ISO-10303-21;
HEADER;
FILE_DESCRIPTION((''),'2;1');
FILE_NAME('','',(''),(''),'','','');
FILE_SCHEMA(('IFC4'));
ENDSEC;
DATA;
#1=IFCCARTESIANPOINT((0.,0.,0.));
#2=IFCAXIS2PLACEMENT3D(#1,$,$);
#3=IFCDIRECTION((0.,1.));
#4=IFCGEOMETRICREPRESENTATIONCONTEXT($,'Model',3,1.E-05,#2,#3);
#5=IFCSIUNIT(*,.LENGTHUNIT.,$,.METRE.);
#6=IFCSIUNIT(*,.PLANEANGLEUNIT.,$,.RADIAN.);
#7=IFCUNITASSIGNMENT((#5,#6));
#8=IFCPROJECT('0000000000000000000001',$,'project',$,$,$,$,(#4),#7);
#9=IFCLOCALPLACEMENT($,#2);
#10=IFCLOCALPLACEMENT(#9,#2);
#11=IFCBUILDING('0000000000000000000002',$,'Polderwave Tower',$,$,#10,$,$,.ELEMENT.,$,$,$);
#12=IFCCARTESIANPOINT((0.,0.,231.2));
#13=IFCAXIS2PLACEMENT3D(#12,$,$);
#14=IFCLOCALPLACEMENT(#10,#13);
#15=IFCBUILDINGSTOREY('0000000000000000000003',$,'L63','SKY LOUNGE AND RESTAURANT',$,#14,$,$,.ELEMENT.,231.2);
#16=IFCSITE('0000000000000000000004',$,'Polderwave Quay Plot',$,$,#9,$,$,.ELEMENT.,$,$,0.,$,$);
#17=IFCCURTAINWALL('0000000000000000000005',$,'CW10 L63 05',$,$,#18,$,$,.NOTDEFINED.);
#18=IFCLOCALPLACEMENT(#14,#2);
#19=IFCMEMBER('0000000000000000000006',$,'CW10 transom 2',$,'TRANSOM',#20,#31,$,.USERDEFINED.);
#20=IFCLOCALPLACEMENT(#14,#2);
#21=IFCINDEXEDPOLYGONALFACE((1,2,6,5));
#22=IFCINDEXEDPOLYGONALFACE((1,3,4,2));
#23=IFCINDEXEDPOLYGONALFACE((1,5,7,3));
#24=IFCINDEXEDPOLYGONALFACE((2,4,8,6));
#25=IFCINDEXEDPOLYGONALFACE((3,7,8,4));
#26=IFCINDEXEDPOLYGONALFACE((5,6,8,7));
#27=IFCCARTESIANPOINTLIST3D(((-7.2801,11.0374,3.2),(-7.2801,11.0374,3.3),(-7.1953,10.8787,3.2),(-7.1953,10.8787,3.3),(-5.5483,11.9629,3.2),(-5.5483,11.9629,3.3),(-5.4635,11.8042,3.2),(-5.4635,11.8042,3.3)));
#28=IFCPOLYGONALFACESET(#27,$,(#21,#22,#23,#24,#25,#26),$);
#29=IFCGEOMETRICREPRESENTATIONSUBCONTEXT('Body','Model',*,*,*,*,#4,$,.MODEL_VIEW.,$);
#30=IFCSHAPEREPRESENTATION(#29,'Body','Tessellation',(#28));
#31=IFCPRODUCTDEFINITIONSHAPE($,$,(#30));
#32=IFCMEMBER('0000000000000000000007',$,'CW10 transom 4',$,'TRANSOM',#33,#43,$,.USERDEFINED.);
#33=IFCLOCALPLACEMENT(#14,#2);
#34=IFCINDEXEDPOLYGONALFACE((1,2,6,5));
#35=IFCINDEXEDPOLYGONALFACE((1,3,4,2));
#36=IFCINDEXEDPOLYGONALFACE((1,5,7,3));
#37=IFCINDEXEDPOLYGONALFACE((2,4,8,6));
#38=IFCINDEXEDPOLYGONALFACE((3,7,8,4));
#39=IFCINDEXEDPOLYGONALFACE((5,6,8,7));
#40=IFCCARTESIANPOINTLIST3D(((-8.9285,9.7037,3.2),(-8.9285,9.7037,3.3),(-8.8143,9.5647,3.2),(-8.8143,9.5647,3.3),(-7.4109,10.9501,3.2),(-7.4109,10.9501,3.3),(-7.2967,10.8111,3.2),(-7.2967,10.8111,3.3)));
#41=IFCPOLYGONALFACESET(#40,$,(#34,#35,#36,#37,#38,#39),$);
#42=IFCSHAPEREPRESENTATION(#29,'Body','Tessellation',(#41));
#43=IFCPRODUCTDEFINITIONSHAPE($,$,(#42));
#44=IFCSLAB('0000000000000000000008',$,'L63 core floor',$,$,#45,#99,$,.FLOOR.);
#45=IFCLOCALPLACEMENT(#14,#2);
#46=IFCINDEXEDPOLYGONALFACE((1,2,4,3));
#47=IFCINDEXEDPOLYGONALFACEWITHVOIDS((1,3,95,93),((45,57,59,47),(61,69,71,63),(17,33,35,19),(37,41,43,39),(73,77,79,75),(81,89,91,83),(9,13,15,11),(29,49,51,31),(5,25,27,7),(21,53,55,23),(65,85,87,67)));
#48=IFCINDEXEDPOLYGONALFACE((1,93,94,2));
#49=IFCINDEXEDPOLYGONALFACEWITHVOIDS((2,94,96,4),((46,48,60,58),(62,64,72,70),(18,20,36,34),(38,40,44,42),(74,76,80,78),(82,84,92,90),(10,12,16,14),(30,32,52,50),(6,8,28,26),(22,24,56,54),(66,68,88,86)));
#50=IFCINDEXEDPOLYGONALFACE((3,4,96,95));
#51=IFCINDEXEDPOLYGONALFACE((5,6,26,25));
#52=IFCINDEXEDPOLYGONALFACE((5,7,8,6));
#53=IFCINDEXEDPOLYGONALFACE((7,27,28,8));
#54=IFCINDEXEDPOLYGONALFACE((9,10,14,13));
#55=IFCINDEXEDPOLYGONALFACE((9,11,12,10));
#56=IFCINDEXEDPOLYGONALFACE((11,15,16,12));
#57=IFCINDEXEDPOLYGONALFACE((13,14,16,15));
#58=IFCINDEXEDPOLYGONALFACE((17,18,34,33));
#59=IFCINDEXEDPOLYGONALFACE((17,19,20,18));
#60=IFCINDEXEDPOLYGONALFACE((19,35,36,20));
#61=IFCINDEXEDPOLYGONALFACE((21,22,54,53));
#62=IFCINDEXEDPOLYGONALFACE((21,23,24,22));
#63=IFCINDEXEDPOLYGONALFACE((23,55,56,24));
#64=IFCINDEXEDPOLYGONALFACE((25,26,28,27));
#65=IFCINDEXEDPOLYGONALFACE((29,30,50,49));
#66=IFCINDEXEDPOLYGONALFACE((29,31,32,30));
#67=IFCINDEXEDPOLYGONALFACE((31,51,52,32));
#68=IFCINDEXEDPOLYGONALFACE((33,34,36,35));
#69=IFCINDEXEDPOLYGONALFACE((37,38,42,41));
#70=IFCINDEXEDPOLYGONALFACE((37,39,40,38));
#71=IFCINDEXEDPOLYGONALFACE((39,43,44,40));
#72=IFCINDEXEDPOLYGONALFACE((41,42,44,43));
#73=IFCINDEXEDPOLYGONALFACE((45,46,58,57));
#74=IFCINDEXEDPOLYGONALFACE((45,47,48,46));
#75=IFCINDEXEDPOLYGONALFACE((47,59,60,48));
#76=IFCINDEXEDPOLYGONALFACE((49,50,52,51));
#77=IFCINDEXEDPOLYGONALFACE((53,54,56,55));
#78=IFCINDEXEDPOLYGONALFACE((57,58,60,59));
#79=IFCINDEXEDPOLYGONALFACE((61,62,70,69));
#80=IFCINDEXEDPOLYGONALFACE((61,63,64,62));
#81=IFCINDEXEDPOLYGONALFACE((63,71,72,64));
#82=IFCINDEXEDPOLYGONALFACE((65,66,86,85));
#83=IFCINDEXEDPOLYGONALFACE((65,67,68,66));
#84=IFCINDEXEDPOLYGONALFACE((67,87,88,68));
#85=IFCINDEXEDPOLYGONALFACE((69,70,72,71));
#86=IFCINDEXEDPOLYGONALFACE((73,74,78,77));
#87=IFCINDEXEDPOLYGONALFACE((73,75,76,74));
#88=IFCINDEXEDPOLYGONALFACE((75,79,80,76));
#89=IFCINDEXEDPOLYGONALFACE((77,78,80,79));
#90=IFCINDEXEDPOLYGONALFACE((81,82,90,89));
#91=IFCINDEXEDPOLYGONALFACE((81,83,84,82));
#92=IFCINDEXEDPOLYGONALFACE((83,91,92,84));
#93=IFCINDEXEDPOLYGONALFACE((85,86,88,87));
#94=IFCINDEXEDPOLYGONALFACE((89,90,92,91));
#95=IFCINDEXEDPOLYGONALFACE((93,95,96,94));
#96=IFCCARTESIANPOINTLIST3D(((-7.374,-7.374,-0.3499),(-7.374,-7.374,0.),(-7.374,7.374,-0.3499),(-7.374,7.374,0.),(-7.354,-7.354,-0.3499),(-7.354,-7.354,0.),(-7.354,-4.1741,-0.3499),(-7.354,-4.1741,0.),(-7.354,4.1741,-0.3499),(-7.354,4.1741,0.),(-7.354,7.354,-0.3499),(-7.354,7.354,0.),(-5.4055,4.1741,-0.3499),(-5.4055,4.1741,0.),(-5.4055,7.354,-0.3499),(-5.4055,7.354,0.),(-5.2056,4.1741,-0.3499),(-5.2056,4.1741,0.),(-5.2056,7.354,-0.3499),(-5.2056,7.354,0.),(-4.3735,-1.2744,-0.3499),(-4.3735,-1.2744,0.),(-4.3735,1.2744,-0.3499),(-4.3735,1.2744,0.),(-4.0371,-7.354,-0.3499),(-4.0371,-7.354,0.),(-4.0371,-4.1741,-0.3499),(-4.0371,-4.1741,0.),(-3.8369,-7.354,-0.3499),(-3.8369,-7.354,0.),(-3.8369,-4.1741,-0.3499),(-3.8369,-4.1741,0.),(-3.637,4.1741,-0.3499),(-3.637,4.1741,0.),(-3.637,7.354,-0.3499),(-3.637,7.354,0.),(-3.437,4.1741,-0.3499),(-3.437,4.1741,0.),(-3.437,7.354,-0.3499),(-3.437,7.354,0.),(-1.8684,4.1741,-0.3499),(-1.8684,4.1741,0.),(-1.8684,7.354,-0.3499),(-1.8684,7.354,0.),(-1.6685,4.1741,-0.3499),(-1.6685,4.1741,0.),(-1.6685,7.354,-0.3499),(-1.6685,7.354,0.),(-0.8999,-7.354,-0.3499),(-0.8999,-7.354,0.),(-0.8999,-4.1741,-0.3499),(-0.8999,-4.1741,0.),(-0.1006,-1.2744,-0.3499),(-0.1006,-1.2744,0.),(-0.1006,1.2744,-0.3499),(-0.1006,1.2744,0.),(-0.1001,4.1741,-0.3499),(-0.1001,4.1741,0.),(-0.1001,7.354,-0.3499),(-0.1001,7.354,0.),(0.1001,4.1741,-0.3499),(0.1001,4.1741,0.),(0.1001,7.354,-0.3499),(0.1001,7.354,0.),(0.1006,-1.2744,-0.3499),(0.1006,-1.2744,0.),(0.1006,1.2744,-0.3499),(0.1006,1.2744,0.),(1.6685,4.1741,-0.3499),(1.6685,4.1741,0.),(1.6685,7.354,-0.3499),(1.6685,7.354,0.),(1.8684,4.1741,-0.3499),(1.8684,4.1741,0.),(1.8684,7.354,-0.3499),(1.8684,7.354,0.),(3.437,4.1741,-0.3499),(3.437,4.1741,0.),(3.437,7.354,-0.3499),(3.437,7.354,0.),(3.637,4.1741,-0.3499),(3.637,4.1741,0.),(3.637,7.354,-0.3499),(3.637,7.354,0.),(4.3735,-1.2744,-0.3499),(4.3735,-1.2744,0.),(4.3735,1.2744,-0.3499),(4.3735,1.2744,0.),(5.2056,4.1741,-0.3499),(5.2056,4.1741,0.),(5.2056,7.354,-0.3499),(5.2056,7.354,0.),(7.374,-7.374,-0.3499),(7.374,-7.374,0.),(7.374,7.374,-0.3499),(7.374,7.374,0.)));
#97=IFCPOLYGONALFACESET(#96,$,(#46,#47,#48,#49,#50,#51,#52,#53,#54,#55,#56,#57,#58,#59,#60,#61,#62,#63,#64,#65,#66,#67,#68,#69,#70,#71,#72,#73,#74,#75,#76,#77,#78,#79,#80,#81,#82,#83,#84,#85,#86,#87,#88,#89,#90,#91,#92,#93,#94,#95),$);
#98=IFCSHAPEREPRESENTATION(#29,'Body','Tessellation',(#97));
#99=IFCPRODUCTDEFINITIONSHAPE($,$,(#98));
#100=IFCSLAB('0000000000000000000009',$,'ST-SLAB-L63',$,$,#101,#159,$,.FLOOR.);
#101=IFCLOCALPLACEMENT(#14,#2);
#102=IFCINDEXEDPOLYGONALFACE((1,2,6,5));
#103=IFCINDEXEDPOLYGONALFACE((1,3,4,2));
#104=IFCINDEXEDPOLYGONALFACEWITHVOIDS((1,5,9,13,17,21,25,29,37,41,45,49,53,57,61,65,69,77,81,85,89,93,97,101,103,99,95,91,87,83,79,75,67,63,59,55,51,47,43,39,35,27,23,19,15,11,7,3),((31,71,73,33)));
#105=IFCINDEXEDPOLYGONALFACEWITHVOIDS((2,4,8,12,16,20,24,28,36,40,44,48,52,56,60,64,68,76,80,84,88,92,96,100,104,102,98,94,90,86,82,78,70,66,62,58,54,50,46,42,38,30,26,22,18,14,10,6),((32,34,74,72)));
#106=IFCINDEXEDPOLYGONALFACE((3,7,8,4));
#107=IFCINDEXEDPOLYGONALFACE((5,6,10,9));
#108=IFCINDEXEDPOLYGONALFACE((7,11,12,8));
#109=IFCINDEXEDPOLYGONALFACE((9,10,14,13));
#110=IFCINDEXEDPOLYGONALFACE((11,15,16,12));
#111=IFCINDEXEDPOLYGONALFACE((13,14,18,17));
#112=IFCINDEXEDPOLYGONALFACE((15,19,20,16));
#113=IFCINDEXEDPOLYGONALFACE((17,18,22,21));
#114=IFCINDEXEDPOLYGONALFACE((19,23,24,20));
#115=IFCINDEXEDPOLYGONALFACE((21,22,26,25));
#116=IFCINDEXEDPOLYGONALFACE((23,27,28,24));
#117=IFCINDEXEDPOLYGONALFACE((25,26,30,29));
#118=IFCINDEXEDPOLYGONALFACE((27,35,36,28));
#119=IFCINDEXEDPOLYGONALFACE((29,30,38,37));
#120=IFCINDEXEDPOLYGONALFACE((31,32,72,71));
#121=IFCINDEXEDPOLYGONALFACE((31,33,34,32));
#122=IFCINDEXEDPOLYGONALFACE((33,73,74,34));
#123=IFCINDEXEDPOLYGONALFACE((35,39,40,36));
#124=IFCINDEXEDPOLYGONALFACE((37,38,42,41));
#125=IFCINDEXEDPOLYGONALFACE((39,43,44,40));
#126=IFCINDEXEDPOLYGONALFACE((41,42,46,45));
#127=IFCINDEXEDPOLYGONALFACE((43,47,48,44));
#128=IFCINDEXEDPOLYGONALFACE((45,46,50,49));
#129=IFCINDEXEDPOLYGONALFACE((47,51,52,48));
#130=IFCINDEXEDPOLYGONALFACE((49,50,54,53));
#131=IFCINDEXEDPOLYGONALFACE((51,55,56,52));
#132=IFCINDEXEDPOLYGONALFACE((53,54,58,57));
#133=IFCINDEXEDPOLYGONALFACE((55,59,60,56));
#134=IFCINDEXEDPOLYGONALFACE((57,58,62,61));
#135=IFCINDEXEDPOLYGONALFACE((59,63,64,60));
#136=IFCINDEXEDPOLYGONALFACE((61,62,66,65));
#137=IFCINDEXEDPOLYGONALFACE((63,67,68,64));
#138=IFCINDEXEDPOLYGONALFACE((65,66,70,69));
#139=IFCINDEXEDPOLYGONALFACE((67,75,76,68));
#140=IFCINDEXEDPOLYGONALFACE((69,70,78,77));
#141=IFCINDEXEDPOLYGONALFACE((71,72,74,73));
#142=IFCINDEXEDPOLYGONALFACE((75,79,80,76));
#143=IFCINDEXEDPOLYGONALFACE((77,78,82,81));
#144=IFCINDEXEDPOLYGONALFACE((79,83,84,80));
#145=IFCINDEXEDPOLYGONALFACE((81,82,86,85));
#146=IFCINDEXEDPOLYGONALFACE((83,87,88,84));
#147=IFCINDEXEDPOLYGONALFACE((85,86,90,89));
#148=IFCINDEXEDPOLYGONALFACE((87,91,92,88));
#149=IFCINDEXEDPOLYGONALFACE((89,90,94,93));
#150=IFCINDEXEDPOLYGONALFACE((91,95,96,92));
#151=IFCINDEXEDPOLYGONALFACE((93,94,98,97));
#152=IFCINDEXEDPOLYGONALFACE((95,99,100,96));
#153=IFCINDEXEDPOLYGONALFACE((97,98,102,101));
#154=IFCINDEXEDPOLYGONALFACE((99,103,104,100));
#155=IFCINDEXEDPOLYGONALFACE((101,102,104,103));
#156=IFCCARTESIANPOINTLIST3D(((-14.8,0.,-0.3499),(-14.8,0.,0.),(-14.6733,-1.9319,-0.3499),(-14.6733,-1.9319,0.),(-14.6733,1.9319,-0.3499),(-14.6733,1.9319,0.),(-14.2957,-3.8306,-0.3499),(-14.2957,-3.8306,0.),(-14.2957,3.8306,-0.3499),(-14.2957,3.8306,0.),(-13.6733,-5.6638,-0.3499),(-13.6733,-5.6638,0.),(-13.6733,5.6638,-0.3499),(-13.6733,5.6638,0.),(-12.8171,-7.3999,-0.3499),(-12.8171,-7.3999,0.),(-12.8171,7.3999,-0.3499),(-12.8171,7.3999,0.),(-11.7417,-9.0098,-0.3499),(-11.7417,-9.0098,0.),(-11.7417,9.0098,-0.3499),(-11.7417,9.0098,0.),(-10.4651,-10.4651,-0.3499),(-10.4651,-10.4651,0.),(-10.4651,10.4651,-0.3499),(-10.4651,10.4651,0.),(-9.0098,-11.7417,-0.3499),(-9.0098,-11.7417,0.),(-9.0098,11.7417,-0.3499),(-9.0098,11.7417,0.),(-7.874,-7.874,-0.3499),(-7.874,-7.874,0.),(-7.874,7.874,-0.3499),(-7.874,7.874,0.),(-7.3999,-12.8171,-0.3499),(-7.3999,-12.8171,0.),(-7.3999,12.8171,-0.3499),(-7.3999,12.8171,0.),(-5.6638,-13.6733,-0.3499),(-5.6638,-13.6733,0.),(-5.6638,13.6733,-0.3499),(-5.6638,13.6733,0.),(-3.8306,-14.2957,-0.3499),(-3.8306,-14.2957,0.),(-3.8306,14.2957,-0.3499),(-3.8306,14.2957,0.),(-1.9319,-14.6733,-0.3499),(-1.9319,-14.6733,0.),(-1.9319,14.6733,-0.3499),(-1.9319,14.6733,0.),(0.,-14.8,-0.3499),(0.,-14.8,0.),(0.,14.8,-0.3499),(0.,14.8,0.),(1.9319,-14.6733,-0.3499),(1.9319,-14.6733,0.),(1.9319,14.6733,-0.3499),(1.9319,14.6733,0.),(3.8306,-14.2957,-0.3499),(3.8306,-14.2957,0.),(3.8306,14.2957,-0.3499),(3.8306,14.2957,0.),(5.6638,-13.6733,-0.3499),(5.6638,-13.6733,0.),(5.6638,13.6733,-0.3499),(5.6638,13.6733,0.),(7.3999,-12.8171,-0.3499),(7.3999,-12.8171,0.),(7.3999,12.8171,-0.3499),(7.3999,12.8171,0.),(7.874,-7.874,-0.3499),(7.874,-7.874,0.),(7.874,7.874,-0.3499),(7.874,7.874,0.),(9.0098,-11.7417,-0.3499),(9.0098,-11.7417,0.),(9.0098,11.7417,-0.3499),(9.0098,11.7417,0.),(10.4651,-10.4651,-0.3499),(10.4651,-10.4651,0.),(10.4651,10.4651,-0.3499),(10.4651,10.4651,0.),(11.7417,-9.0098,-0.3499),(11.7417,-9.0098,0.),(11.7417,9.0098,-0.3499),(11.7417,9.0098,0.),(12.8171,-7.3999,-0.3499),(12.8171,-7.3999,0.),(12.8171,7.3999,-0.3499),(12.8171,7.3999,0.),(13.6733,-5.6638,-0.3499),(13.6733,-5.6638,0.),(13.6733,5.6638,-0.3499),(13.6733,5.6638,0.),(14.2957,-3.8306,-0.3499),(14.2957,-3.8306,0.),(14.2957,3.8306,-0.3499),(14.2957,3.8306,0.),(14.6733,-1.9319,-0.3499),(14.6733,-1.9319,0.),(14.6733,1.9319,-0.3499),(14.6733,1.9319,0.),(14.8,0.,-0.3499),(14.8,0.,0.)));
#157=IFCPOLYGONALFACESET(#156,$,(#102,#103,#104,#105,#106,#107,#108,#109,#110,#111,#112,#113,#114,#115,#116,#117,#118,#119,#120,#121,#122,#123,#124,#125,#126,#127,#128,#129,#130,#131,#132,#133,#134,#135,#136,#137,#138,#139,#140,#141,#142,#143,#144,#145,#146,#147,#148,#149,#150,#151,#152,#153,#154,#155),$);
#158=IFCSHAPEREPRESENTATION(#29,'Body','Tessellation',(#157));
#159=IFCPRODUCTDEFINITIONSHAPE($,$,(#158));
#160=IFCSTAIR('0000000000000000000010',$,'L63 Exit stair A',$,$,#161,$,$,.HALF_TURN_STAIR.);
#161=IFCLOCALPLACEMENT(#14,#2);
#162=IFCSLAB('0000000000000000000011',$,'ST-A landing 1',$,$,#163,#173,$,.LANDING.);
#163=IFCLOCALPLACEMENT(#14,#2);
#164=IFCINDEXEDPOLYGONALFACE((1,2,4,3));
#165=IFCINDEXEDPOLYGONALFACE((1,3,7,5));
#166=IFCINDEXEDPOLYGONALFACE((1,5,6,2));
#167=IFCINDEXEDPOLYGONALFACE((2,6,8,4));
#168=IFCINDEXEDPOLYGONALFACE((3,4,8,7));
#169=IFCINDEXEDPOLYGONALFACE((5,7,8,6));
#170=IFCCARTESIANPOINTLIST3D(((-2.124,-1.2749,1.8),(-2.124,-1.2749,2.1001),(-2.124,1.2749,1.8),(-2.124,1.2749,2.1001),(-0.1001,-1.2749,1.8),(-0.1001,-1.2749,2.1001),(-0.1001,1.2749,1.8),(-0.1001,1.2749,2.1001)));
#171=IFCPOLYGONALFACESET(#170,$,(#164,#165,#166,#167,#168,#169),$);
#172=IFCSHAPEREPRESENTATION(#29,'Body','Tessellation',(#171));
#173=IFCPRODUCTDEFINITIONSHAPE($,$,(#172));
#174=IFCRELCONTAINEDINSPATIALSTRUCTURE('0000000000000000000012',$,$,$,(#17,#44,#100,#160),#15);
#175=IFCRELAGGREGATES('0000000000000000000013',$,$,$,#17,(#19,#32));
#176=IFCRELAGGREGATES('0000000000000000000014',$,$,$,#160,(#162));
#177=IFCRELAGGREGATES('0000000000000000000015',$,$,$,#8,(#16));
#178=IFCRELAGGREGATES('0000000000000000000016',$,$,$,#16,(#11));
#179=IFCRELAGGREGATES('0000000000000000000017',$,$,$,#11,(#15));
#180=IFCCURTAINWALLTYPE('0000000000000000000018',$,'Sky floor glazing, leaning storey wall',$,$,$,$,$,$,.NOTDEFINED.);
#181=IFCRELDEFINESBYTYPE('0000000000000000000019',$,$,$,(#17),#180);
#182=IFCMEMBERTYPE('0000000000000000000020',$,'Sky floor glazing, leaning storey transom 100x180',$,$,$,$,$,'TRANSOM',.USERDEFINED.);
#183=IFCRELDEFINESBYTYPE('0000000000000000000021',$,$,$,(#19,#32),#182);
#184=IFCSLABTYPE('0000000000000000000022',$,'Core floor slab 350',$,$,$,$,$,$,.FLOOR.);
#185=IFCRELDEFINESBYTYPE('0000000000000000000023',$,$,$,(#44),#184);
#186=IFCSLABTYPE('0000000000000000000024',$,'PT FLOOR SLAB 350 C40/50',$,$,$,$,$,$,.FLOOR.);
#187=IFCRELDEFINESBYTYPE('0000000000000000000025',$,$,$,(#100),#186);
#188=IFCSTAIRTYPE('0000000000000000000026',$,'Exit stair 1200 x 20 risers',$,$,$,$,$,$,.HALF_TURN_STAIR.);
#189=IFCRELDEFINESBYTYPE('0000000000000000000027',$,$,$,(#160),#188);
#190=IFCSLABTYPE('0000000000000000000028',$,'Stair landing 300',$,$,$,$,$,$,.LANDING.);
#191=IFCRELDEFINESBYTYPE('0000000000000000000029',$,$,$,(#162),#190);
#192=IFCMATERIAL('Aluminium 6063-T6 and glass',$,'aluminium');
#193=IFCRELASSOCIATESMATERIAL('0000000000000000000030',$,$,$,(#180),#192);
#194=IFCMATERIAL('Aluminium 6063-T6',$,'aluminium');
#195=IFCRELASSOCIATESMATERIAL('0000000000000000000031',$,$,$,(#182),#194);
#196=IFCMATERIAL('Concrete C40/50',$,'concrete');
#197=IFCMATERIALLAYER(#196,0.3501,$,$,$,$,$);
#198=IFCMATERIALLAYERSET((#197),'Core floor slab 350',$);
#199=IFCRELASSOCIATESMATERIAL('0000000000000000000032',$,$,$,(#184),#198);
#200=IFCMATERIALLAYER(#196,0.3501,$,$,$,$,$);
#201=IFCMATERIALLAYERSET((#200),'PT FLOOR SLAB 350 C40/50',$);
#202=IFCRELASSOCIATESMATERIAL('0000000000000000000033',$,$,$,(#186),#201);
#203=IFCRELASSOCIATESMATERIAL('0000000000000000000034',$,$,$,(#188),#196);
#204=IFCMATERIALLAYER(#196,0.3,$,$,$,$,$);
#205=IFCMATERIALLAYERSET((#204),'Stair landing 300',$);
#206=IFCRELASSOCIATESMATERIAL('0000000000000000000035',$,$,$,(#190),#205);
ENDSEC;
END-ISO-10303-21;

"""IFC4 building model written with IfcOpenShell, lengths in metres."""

from ifc_helpers import new_model, si_unit, direction, frame, origin, origin_2d, place, context, subcontext, project, spatial, polyline, rectangle, outline, extrude, material, layer, layer_set, material_profile, profile_set, type_object, element, aggregate, save


model = new_model("IFC4")

# Units and contexts
model_context = context("Model", 3, precision=1e-05, world=origin(), true_north=direction((0.0, 1.0)))
body_context = subcontext(model_context, "Body", "Model", "MODEL_VIEW")
ifc_project = project(units=[si_unit("LENGTHUNIT", "METRE"), si_unit("PLANEANGLEUNIT", "RADIAN")], contexts=[model_context])

# Site, building, storey
site_placement = place(None, origin())
site = spatial("IfcSite", under=ifc_project, at=site_placement, Name="Polderwave Quay Plot", CompositionType="ELEMENT", RefElevation=0.0)
building_placement = place(site_placement, origin())
building = spatial("IfcBuilding", under=site, at=building_placement, Name="Polderwave Tower", CompositionType="ELEMENT")
storey_placement = place(building_placement, frame((0.0, 0.0, 231.2)))
storey = spatial("IfcBuildingStorey", under=building, at=storey_placement, Name="L63", Description="SKY LOUNGE AND RESTAURANT", CompositionType="ELEMENT", Elevation=231.2)

# Curtain wall, members
ifc_material_1 = material(Name="Aluminium 6063-T6 and glass", Category="aluminium")
curtain_wall_type = type_object("IfcCurtainWallType", Name="Sky floor glazing, leaning storey wall", PredefinedType="NOTDEFINED", material=ifc_material_1)
curtain_wall_placement = place(storey_placement, origin())
curtain_wall = element("IfcCurtainWall", 1, at=curtain_wall_placement, inside=storey, type_object=curtain_wall_type, Name="CW10 L63 05", PredefinedType="NOTDEFINED")
ifc_material_2 = material(Name="Aluminium 6063-T6", Category="aluminium")
ifc_material_profile = material_profile(ifc_material_2, rectangle(XDim=0.1799, YDim=0.1001, at=origin_2d()), Name="AL 100x180")
ifc_profile_set = profile_set([ifc_material_profile], Name="Aluminium 6063-T6")
member_type = type_object("IfcMemberType", Name="Sky floor glazing, leaning storey transom 100x180", ElementType="TRANSOM", PredefinedType="USERDEFINED", material=ifc_profile_set)
member_1_placement = place(storey_placement, frame((-5.5059, 11.8835, 3.25), z_axis=(-0.881964, -0.471317, 0.0), x_axis=(0.471317, -0.881964, 0.0)))
member_1 = element("IfcMember", 2, at=member_1_placement, type_object=member_type, Name="CW10 transom 2", ObjectType="TRANSOM", PredefinedType="USERDEFINED", context=body_context, shape_type="SweptSolid", body=[
    extrude(rectangle(XDim=0.1799, YDim=0.1001, at=origin_2d()), origin(), (0.0, 0.0, 1.0), 1.9636),
])
member_2_placement = place(storey_placement, frame((-7.3538, 10.8806, 3.25), z_axis=(-0.772787, -0.634665, 0.0), x_axis=(0.634665, -0.772787, 0.0)))
member_2 = element("IfcMember", 3, at=member_2_placement, type_object=member_type, Name="CW10 transom 4", ObjectType="TRANSOM", PredefinedType="USERDEFINED", context=body_context, shape_type="SweptSolid", body=[
    extrude(rectangle(XDim=0.1799, YDim=0.1001, at=origin_2d()), origin(), (0.0, 0.0, 1.0), 1.9639),
])
aggregate(curtain_wall, [member_1, member_2])

# Slabs
ifc_material_3 = material(Name="Concrete C40/50", Category="concrete")
ifc_layer_1 = layer(ifc_material_3, 0.3501)
ifc_layer_set_1 = layer_set([ifc_layer_1], Name="Core floor slab 350")
slab_type_1 = type_object("IfcSlabType", Name="Core floor slab 350", PredefinedType="FLOOR", material=ifc_layer_set_1)
slab_1_placement = place(storey_placement, frame((0.0, 0.0, -0.3499)))
element("IfcSlab", 4, at=slab_1_placement, inside=storey, type_object=slab_type_1, Name="L63 core floor", PredefinedType="FLOOR", context=body_context, shape_type="SweptSolid", body=[
    extrude(outline(polyline([(-7.374, -7.374), (7.374, -7.374), (7.374, 7.374), (-7.374, 7.374), (-7.374, -7.374)]), holes=[polyline([(-7.354, -7.354), (-4.0371, -7.354), (-4.0371, -4.1741), (-7.354, -4.1741), (-7.354, -7.354)]), polyline([(-3.8369, -7.354), (-0.8999, -7.354), (-0.8999, -4.1741), (-3.8369, -4.1741), (-3.8369, -7.354)]), polyline([(-7.354, 4.1741), (-5.4055, 4.1741), (-5.4055, 7.354), (-7.354, 7.354), (-7.354, 4.1741)]), polyline([(-5.2056, 4.1741), (-3.637, 4.1741), (-3.637, 7.354), (-5.2056, 7.354), (-5.2056, 4.1741)]), polyline([(-3.437, 4.1741), (-1.8684, 4.1741), (-1.8684, 7.354), (-3.437, 7.354), (-3.437, 4.1741)]), polyline([(-1.6685, 4.1741), (-0.1001, 4.1741), (-0.1001, 7.354), (-1.6685, 7.354), (-1.6685, 4.1741)]), polyline([(0.1001, 4.1741), (1.6685, 4.1741), (1.6685, 7.354), (0.1001, 7.354), (0.1001, 4.1741)]), polyline([(1.8684, 4.1741), (3.437, 4.1741), (3.437, 7.354), (1.8684, 7.354), (1.8684, 4.1741)]), polyline([(3.637, 4.1741), (5.2056, 4.1741), (5.2056, 7.354), (3.637, 7.354), (3.637, 4.1741)]), polyline([(-4.3735, -1.2744), (-0.1006, -1.2744), (-0.1006, 1.2744), (-4.3735, 1.2744), (-4.3735, -1.2744)]), polyline([(0.1006, -1.2744), (4.3735, -1.2744), (4.3735, 1.2744), (0.1006, 1.2744), (0.1006, -1.2744)])]), origin(), (0.0, 0.0, 1.0), 0.3499),
])
ifc_layer_2 = layer(ifc_material_3, 0.3501)
ifc_layer_set_2 = layer_set([ifc_layer_2], Name="PT FLOOR SLAB 350 C40/50")
slab_type_2 = type_object("IfcSlabType", Name="PT FLOOR SLAB 350 C40/50", PredefinedType="FLOOR", material=ifc_layer_set_2)
slab_2_placement = place(storey_placement, frame((0.0, 0.0, -0.3499)))
element("IfcSlab", 5, at=slab_2_placement, inside=storey, type_object=slab_type_2, Name="ST-SLAB-L63", PredefinedType="FLOOR", context=body_context, shape_type="SweptSolid", body=[
    extrude(outline(polyline([(14.8, 0.0), (14.6733, 1.9319), (14.2957, 3.8306), (13.6733, 5.6638), (12.8171, 7.3999), (11.7417, 9.0098), (10.4651, 10.4651), (9.0098, 11.7417), (7.3999, 12.8171), (5.6638, 13.6733), (3.8306, 14.2957), (1.9319, 14.6733), (0.0, 14.8), (-1.9319, 14.6733), (-3.8306, 14.2957), (-5.6638, 13.6733), (-7.3999, 12.8171), (-9.0098, 11.7417), (-10.4651, 10.4651), (-11.7417, 9.0098), (-12.8171, 7.3999), (-13.6733, 5.6638), (-14.2957, 3.8306), (-14.6733, 1.9319), (-14.8, 0.0), (-14.6733, -1.9319), (-14.2957, -3.8306), (-13.6733, -5.6638), (-12.8171, -7.3999), (-11.7417, -9.0098), (-10.4651, -10.4651), (-9.0098, -11.7417), (-7.3999, -12.8171), (-5.6638, -13.6733), (-3.8306, -14.2957), (-1.9319, -14.6733), (0.0, -14.8), (1.9319, -14.6733), (3.8306, -14.2957), (5.6638, -13.6733), (7.3999, -12.8171), (9.0098, -11.7417), (10.4651, -10.4651), (11.7417, -9.0098), (12.8171, -7.3999), (13.6733, -5.6638), (14.2957, -3.8306), (14.6733, -1.9319), (14.8, 0.0)]), holes=[polyline([(-7.874, -7.874), (7.874, -7.874), (7.874, 7.874), (-7.874, 7.874), (-7.874, -7.874)])]), origin(), (0.0, 0.0, 1.0), 0.3499),
])

# Stair, slab
stair_type = type_object("IfcStairType", Name="Exit stair 1200 x 20 risers", PredefinedType="HALF_TURN_STAIR", material=ifc_material_3)
stair_1_placement = place(storey_placement, origin())
stair_1 = element("IfcStair", 6, at=stair_1_placement, inside=storey, type_object=stair_type, Name="L63 Exit stair A", PredefinedType="HALF_TURN_STAIR")
ifc_layer_3 = layer(ifc_material_3, 0.3)
ifc_layer_set_3 = layer_set([ifc_layer_3], Name="Stair landing 300")
slab_type_3 = type_object("IfcSlabType", Name="Stair landing 300", PredefinedType="LANDING", material=ifc_layer_set_3)
slab_3_placement = place(storey_placement, frame((0.0, 0.0, 1.8)))
slab_3 = element("IfcSlab", 7, at=slab_3_placement, type_object=slab_type_3, Name="ST-A landing 1", PredefinedType="LANDING", context=body_context, shape_type="SweptSolid", body=[
    extrude(outline(polyline([(-2.124, -1.2749), (-0.1001, -1.2749), (-0.1001, 1.2749), (-2.124, 1.2749), (-2.124, -1.2749)])), origin(), (0.0, 0.0, 1.0), 0.3),
])

aggregate(stair_1, [slab_3])

save(model, "model.ifc")
